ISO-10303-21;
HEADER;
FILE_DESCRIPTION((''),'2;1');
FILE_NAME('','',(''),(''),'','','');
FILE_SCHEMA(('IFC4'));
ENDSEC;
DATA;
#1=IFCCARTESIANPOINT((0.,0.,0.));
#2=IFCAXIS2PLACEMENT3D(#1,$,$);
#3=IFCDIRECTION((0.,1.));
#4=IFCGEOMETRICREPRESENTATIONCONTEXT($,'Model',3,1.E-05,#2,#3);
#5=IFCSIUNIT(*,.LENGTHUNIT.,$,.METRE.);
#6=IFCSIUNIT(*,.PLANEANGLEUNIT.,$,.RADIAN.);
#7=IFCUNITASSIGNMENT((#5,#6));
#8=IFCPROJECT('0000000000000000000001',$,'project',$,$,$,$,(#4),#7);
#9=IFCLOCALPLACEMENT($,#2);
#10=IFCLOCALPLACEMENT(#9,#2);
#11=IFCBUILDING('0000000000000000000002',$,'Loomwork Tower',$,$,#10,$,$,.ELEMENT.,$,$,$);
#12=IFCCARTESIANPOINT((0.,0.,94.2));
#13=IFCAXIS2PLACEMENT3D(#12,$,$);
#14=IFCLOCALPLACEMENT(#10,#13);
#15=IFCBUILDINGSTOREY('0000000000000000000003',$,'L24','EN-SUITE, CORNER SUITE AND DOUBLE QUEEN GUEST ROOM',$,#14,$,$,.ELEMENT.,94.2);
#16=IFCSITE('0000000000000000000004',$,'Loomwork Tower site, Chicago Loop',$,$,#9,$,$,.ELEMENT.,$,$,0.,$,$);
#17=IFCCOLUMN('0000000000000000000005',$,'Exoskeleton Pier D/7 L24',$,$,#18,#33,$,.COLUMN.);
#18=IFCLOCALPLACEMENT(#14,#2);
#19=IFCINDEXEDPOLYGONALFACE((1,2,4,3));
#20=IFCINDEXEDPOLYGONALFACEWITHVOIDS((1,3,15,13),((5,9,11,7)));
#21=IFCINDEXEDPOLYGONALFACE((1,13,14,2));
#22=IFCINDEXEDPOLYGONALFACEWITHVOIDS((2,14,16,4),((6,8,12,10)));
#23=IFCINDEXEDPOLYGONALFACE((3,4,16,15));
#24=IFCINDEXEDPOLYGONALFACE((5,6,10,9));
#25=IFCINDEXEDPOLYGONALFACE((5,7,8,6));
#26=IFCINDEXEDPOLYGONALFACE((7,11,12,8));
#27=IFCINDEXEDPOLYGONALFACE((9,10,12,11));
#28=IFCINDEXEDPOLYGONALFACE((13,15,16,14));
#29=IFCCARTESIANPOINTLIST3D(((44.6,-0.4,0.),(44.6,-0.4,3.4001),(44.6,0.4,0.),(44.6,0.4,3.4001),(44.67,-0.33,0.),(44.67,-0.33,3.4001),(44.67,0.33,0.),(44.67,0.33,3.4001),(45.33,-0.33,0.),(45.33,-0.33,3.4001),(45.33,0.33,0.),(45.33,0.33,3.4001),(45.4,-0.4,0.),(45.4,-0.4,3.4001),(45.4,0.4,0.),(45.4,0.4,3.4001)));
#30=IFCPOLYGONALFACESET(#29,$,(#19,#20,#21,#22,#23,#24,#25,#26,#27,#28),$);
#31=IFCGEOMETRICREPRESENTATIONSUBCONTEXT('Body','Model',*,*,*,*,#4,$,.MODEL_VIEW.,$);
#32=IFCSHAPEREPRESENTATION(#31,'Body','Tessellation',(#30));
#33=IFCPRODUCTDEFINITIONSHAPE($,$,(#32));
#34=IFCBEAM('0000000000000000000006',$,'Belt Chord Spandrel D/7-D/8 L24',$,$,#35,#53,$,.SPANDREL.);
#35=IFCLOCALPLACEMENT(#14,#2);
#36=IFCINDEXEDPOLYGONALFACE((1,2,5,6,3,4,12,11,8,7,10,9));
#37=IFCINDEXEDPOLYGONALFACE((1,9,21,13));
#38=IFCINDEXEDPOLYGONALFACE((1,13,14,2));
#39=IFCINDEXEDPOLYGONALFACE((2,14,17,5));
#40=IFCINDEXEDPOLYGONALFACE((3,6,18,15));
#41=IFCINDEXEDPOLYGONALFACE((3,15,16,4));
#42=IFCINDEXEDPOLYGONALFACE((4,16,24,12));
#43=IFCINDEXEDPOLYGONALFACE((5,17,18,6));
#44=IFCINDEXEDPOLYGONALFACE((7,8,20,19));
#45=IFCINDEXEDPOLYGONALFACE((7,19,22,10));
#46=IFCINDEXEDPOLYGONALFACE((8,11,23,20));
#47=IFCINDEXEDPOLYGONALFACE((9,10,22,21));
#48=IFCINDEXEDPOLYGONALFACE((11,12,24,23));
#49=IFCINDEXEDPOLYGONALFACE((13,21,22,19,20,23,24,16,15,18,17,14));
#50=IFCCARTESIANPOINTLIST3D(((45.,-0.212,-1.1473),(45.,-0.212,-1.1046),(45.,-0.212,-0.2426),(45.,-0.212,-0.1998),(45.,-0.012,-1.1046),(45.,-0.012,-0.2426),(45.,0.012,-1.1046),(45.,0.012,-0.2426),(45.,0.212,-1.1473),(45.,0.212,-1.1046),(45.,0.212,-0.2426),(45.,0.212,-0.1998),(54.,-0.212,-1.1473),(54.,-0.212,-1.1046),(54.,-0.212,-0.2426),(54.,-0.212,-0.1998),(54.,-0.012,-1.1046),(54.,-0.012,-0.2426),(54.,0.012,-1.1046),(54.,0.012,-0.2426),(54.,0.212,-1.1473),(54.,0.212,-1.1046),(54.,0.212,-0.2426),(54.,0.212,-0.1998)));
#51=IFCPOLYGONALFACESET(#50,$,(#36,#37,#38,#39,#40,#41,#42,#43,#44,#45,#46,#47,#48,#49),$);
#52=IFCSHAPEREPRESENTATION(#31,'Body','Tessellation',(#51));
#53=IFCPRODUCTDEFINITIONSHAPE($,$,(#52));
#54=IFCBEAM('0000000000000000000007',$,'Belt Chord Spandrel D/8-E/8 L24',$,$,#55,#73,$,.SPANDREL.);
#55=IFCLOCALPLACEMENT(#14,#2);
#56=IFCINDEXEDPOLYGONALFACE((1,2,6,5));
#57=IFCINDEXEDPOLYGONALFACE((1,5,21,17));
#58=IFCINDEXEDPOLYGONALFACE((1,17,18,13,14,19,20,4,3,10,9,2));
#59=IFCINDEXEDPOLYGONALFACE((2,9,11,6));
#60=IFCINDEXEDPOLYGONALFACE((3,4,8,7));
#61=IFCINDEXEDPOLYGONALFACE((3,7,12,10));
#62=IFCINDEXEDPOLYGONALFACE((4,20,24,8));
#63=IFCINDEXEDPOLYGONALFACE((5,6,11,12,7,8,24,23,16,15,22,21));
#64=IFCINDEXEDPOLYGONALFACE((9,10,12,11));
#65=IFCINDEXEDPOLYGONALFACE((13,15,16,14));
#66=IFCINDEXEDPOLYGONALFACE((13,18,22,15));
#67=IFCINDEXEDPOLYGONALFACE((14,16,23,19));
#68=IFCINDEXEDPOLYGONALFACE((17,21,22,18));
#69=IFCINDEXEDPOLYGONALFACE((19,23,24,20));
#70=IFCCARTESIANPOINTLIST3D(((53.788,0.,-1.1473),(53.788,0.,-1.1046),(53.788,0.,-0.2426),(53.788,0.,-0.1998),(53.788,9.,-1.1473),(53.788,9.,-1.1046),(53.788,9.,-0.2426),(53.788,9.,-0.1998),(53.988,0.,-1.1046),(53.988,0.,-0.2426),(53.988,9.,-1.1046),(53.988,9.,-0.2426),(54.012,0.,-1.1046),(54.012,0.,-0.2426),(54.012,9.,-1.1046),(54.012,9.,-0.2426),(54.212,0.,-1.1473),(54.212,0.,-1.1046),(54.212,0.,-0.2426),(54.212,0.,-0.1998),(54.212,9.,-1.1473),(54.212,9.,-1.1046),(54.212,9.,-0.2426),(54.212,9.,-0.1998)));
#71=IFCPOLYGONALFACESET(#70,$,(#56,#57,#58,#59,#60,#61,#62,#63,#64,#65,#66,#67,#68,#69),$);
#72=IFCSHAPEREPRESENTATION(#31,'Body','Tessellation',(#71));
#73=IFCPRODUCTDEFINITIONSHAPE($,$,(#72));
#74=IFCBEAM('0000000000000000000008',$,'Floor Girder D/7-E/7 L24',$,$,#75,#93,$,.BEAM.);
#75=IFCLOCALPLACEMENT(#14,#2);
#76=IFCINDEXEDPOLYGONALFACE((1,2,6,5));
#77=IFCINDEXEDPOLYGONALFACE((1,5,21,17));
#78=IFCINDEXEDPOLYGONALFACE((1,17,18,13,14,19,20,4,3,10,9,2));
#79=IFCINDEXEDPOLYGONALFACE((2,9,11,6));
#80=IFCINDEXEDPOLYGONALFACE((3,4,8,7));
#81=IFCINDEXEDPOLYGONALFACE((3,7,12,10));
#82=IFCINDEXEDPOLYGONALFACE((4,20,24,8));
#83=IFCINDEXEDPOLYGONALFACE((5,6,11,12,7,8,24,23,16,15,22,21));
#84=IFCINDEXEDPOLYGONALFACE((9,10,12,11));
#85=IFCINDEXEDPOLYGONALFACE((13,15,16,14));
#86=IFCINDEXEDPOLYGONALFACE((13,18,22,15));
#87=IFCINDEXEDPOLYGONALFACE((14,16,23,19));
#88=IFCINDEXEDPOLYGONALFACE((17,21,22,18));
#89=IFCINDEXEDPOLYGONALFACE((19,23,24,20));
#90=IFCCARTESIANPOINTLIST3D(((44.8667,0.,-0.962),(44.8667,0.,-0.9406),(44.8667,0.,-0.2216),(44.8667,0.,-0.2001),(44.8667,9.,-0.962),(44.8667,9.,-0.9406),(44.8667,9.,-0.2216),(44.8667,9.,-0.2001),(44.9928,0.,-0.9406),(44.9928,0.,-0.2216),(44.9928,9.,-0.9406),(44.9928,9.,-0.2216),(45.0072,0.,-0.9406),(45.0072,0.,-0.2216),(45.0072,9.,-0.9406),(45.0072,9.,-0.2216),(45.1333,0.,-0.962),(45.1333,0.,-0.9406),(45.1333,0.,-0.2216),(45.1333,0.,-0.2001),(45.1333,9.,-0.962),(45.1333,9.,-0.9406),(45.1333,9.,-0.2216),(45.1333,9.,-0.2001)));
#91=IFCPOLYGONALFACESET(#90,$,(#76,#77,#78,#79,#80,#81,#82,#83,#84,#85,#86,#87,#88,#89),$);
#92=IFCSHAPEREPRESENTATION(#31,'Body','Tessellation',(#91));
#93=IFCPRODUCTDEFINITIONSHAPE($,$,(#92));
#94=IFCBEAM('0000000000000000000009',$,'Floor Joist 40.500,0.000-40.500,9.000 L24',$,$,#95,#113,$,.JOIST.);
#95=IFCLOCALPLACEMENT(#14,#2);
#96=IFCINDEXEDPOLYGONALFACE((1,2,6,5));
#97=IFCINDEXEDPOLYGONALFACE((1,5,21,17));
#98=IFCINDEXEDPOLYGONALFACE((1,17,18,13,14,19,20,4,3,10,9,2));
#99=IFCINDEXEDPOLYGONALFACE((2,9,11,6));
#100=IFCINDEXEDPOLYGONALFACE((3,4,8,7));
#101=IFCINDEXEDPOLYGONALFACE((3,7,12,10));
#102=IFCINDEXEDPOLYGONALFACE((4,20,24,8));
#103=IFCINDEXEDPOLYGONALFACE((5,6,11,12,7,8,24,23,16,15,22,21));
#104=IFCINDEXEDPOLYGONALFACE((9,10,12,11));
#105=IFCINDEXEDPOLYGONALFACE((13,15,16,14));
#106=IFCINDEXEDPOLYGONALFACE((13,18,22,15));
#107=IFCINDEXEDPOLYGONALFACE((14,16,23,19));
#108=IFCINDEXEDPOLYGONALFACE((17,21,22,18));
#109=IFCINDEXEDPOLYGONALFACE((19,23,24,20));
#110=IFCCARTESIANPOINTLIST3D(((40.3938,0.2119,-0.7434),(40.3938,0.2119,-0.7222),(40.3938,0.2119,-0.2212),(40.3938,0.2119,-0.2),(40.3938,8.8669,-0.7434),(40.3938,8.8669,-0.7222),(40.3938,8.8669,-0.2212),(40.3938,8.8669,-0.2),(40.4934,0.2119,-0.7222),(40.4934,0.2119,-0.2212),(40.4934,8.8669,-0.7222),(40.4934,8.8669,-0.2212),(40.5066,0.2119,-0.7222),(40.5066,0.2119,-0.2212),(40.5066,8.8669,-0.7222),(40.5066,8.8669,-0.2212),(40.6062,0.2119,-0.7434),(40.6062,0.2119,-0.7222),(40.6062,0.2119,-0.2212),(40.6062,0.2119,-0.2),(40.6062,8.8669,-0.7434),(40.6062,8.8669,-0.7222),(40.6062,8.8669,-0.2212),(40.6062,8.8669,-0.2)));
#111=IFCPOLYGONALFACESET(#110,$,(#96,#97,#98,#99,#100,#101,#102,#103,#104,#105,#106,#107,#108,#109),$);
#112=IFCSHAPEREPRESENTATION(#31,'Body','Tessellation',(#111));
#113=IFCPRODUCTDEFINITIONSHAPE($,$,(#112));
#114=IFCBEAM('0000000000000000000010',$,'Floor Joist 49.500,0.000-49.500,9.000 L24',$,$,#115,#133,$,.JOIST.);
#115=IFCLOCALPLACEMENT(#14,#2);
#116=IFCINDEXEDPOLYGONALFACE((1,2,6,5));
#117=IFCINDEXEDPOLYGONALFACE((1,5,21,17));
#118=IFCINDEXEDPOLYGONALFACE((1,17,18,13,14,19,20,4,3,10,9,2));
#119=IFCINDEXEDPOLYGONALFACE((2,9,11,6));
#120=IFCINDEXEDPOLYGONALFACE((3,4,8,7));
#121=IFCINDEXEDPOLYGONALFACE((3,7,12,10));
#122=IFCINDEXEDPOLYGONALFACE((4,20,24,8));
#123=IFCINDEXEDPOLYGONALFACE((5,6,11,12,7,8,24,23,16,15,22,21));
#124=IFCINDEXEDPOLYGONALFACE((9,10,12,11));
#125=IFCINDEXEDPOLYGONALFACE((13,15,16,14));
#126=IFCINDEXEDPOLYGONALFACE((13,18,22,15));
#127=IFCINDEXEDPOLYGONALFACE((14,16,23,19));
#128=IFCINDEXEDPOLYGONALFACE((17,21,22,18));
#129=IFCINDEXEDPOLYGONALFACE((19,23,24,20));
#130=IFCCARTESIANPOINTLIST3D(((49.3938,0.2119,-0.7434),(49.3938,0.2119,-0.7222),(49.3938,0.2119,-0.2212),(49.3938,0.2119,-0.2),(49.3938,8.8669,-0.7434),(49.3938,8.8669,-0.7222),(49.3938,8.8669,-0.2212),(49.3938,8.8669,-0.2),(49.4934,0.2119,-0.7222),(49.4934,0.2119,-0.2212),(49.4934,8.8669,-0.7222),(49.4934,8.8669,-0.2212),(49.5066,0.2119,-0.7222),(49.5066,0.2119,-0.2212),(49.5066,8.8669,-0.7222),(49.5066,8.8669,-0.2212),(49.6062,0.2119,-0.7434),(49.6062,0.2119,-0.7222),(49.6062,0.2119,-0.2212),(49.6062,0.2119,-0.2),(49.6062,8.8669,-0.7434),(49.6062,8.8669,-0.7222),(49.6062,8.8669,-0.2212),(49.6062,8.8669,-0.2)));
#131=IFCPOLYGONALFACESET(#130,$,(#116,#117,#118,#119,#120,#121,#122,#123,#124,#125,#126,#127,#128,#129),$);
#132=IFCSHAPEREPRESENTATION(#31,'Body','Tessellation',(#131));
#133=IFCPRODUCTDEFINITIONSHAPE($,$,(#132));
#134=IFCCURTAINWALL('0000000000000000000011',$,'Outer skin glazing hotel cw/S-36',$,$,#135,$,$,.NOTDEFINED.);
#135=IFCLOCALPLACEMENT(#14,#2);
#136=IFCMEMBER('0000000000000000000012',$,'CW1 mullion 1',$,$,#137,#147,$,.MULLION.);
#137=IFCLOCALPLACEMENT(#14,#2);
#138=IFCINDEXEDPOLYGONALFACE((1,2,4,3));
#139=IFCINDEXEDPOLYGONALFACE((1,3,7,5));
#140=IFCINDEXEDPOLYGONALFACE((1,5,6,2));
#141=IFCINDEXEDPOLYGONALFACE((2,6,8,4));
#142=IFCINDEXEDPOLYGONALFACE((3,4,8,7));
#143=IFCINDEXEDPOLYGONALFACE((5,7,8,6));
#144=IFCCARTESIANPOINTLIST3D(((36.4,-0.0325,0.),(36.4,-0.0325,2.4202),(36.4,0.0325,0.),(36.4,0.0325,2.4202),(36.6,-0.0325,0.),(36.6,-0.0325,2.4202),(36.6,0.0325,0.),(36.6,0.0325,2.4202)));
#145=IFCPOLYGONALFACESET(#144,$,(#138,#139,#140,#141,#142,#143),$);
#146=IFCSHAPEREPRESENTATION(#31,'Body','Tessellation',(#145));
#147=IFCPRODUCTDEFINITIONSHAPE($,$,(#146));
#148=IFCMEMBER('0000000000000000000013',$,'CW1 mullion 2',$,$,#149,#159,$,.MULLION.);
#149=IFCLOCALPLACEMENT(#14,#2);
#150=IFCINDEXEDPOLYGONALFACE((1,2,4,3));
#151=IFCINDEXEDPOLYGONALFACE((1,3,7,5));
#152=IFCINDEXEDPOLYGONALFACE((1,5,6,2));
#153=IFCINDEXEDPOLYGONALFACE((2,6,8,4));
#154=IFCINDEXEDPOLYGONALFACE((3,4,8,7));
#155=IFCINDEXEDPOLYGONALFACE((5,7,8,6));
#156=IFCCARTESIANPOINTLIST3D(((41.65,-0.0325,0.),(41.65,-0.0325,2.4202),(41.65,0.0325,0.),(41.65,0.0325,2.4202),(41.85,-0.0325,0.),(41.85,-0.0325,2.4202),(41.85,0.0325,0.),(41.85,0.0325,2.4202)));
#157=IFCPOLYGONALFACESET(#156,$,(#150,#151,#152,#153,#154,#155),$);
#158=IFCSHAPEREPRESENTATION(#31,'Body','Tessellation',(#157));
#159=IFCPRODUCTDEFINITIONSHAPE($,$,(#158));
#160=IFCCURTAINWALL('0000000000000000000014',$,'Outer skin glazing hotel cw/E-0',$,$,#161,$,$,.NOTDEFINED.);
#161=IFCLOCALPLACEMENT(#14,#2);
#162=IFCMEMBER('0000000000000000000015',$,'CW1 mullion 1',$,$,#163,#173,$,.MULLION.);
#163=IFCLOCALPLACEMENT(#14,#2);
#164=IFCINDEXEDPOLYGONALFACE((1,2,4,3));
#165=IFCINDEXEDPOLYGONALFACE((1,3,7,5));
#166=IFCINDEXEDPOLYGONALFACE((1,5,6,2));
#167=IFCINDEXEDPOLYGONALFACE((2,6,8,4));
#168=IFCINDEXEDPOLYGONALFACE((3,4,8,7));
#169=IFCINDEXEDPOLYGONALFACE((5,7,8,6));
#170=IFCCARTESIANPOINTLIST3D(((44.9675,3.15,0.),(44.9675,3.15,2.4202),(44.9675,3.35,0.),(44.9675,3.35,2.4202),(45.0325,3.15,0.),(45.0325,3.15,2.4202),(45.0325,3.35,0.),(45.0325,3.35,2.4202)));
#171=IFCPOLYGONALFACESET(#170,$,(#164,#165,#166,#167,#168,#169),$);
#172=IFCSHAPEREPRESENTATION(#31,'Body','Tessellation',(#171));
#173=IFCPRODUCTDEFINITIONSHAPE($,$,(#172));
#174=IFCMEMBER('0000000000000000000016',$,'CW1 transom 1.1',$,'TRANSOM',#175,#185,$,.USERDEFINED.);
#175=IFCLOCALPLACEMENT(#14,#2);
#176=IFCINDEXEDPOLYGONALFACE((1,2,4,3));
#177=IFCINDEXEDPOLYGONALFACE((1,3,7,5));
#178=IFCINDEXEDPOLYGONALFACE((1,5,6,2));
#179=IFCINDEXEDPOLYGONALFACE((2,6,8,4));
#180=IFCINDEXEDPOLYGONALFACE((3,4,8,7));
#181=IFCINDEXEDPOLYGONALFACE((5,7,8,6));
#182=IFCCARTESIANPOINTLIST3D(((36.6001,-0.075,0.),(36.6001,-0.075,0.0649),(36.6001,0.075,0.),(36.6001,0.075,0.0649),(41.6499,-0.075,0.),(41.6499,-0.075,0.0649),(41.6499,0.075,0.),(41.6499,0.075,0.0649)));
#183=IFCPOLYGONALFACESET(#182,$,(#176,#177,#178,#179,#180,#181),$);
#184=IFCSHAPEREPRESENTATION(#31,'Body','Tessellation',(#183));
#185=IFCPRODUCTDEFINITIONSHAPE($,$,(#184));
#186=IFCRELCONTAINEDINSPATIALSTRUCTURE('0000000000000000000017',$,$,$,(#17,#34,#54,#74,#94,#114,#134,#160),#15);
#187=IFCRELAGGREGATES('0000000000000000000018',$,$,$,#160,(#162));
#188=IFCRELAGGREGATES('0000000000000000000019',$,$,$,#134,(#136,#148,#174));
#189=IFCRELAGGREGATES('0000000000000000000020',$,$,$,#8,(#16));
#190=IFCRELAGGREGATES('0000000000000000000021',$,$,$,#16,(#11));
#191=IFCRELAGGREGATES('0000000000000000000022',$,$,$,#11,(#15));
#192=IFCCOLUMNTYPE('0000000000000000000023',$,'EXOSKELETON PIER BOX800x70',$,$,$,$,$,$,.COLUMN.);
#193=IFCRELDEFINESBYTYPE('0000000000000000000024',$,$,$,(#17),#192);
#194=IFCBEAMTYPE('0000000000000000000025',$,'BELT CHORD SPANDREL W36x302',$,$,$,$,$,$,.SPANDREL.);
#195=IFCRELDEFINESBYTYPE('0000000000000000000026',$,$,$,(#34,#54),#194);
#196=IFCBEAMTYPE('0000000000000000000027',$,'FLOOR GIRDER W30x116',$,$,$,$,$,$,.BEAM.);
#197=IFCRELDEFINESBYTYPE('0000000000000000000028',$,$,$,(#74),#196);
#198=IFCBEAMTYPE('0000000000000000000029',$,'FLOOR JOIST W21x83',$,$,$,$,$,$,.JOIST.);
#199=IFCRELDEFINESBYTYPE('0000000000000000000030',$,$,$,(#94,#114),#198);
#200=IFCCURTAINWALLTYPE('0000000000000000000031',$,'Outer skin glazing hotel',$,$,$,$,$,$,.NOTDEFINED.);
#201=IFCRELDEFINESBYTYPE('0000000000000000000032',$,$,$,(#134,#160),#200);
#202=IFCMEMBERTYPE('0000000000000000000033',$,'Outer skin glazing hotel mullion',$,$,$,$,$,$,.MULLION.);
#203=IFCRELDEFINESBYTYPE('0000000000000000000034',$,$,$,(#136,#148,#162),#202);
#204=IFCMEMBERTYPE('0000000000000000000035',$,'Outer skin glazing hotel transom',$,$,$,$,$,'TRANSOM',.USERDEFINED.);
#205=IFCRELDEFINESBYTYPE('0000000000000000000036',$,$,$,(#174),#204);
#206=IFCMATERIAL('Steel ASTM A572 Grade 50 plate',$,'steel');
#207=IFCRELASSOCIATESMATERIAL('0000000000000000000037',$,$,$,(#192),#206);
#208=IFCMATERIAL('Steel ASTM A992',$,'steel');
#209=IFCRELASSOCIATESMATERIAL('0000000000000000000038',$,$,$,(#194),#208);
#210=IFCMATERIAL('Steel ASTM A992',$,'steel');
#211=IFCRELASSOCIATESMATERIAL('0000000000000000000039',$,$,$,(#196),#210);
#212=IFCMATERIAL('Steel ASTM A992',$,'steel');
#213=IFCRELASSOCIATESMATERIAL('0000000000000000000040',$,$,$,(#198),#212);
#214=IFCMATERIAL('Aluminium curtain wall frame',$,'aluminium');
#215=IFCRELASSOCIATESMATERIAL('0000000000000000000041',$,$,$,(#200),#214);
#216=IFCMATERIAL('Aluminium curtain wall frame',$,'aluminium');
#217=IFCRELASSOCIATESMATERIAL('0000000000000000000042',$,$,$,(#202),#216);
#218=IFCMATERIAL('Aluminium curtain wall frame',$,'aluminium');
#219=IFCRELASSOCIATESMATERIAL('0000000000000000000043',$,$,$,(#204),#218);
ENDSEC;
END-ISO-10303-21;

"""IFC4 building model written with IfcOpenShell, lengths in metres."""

from ifc_helpers import new_model, si_unit, direction, frame, origin, origin_2d, place, context, subcontext, project, spatial, rectangle, hollow_rectangle, i_section, extrude, material, material_profile, profile_set, type_object, element, aggregate, save


model = new_model("IFC4")

# Units and contexts
model_context = context("Model", 3, precision=1e-05, world=origin(), true_north=direction((0.0, 1.0)))
body_context = subcontext(model_context, "Body", "Model", "MODEL_VIEW")
ifc_project = project(units=[si_unit("LENGTHUNIT", "METRE"), si_unit("PLANEANGLEUNIT", "RADIAN")], contexts=[model_context])

# Site, building, storey
site_placement = place(None, origin())
site = spatial("IfcSite", under=ifc_project, at=site_placement, Name="Loomwork Tower site, Chicago Loop", CompositionType="ELEMENT", RefElevation=0.0)
building_placement = place(site_placement, origin())
building = spatial("IfcBuilding", under=site, at=building_placement, Name="Loomwork Tower", CompositionType="ELEMENT")
storey_placement = place(building_placement, frame((0.0, 0.0, 94.2)))
storey = spatial("IfcBuildingStorey", under=building, at=storey_placement, Name="L24", Description="EN-SUITE, CORNER SUITE AND DOUBLE QUEEN GUEST ROOM", CompositionType="ELEMENT", Elevation=94.2)

# Column
ifc_material_1 = material(Name="Steel ASTM A572 Grade 50 plate", Category="steel")
ifc_material_profile_1 = material_profile(ifc_material_1, hollow_rectangle(XDim=0.8, YDim=0.8, WallThickness=0.0701, at=origin_2d()), Name="BOX800x70")
ifc_profile_set_1 = profile_set([ifc_material_profile_1], Name="Steel ASTM A572 Grade 50 plate")
column_type = type_object("IfcColumnType", Name="EXOSKELETON PIER BOX800x70", PredefinedType="COLUMN", material=ifc_profile_set_1)
column_placement = place(storey_placement, frame((45.0, 0.0, 0.0), z_axis=(0.0, 0.0, 1.0), x_axis=(1.0, 0.0, 0.0)))
element("IfcColumn", 1, at=column_placement, inside=storey, type_object=column_type, Name="Exoskeleton Pier D/7 L24", PredefinedType="COLUMN", context=body_context, shape_type="SweptSolid", body=[
    extrude(hollow_rectangle(XDim=0.8, YDim=0.8, WallThickness=0.0701, at=origin_2d()), origin(), (0.0, 0.0, 1.0), 3.4001),
])

# Beams
ifc_material_2 = material(Name="Steel ASTM A992", Category="steel")
ifc_material_profile_2 = material_profile(ifc_material_2, i_section(OverallWidth=0.4241, OverallDepth=0.9475, WebThickness=0.0239, FlangeThickness=0.0427, at=origin_2d()), Name="W36x302")
ifc_profile_set_2 = profile_set([ifc_material_profile_2], Name="Steel ASTM A992")
beam_type_1 = type_object("IfcBeamType", Name="BELT CHORD SPANDREL W36x302", PredefinedType="SPANDREL", material=ifc_profile_set_2)
for number, where, z_axis, x_axis, name in (
    (2, (45.0, 0.0, -0.6736), (1.0, 0.0, 0.0), (0.0, 1.0, 0.0), "Belt Chord Spandrel D/7-D/8 L24"),
    (3, (54.0, 0.0, -0.6736), (0.0, 1.0, 0.0), (-1.0, 0.0, 0.0), "Belt Chord Spandrel D/8-E/8 L24"),
):
    element("IfcBeam", number, at=place(storey_placement, frame(where, z_axis=z_axis, x_axis=x_axis)), inside=storey, type_object=beam_type_1, Name=name, PredefinedType="SPANDREL", context=body_context, shape_type="SweptSolid", body=[
        extrude(i_section(OverallWidth=0.4241, OverallDepth=0.9475, WebThickness=0.0239, FlangeThickness=0.0427, at=origin_2d()), origin(), (0.0, 0.0, 1.0), 9.0),
    ])
ifc_material_3 = material(Name="Steel ASTM A992", Category="steel")
ifc_material_profile_3 = material_profile(ifc_material_3, i_section(OverallWidth=0.2666, OverallDepth=0.762, WebThickness=0.0144, FlangeThickness=0.0215, at=origin_2d()), Name="W30x116")
ifc_profile_set_3 = profile_set([ifc_material_profile_3], Name="Steel ASTM A992")
beam_type_2 = type_object("IfcBeamType", Name="FLOOR GIRDER W30x116", PredefinedType="BEAM", material=ifc_profile_set_3)
beam_placement = place(storey_placement, frame((45.0, 0.0, -0.5811), z_axis=(0.0, 1.0, 0.0), x_axis=(-1.0, 0.0, 0.0)))
element("IfcBeam", 4, at=beam_placement, inside=storey, type_object=beam_type_2, Name="Floor Girder D/7-E/7 L24", PredefinedType="BEAM", context=body_context, shape_type="SweptSolid", body=[
    extrude(i_section(OverallWidth=0.2666, OverallDepth=0.762, WebThickness=0.0144, FlangeThickness=0.0215, at=origin_2d()), origin(), (0.0, 0.0, 1.0), 9.0),
])
ifc_material_4 = material(Name="Steel ASTM A992", Category="steel")
ifc_material_profile_4 = material_profile(ifc_material_4, i_section(OverallWidth=0.2124, OverallDepth=0.5435, WebThickness=0.0132, FlangeThickness=0.0212, at=origin_2d()), Name="W21x83")
ifc_profile_set_4 = profile_set([ifc_material_profile_4], Name="Steel ASTM A992")
beam_type_3 = type_object("IfcBeamType", Name="FLOOR JOIST W21x83", PredefinedType="JOIST", material=ifc_profile_set_4)
for number, where, z_axis, x_axis, name in (
    (5, (40.5, 0.2119, -0.4717), (0.0, 1.0, 0.0), (-1.0, 0.0, 0.0), "Floor Joist 40.500,0.000-40.500,9.000 L24"),
    (6, (49.5, 0.2119, -0.4717), (0.0, 1.0, 0.0), (-1.0, 0.0, 0.0), "Floor Joist 49.500,0.000-49.500,9.000 L24"),
):
    element("IfcBeam", number, at=place(storey_placement, frame(where, z_axis=z_axis, x_axis=x_axis)), inside=storey, type_object=beam_type_3, Name=name, PredefinedType="JOIST", context=body_context, shape_type="SweptSolid", body=[
        extrude(i_section(OverallWidth=0.2124, OverallDepth=0.5435, WebThickness=0.0132, FlangeThickness=0.0212, at=origin_2d()), origin(), (0.0, 0.0, 1.0), 8.655),
    ])

# Curtain wall, members
ifc_material_5 = material(Name="Aluminium curtain wall frame", Category="aluminium")
curtain_wall_type = type_object("IfcCurtainWallType", Name="Outer skin glazing hotel", PredefinedType="NOTDEFINED", material=ifc_material_5)
curtain_wall_1_placement = place(storey_placement, origin())
curtain_wall_1 = element("IfcCurtainWall", 7, at=curtain_wall_1_placement, inside=storey, type_object=curtain_wall_type, Name="Outer skin glazing hotel cw/S-36", PredefinedType="NOTDEFINED")
ifc_material_6 = material(Name="Aluminium curtain wall frame", Category="aluminium")
ifc_material_profile_5 = material_profile(ifc_material_6, rectangle(XDim=0.0649, YDim=0.2, at=origin_2d()), Name="AL 65x200")
ifc_profile_set_5 = profile_set([ifc_material_profile_5], Name="Aluminium curtain wall frame")
member_type_1 = type_object("IfcMemberType", Name="Outer skin glazing hotel mullion", PredefinedType="MULLION", material=ifc_profile_set_5)
member_1_placement = place(storey_placement, frame((36.5, 0.0, 0.0), z_axis=(0.0, 0.0, 1.0), x_axis=(0.0, 1.0, 0.0)))
member_1 = element("IfcMember", 8, at=member_1_placement, type_object=member_type_1, Name="CW1 mullion 1", PredefinedType="MULLION", context=body_context, shape_type="SweptSolid", body=[
    extrude(rectangle(XDim=0.0649, YDim=0.2, at=origin_2d()), origin(), (0.0, 0.0, 1.0), 2.4202),
])
member_2_placement = place(storey_placement, frame((41.75, 0.0, 0.0), z_axis=(0.0, 0.0, 1.0), x_axis=(0.0, 1.0, 0.0)))
member_2 = element("IfcMember", 9, at=member_2_placement, type_object=member_type_1, Name="CW1 mullion 2", PredefinedType="MULLION", context=body_context, shape_type="SweptSolid", body=[
    extrude(rectangle(XDim=0.0649, YDim=0.2, at=origin_2d()), origin(), (0.0, 0.0, 1.0), 2.4202),
])

# Curtain wall, member
curtain_wall_2_placement = place(storey_placement, origin())
curtain_wall_2 = element("IfcCurtainWall", 10, at=curtain_wall_2_placement, inside=storey, type_object=curtain_wall_type, Name="Outer skin glazing hotel cw/E-0", PredefinedType="NOTDEFINED")
member_3_placement = place(storey_placement, frame((45.0, 3.25, 0.0), z_axis=(0.0, 0.0, 1.0), x_axis=(-1.0, 0.0, 0.0)))
member_3 = element("IfcMember", 11, at=member_3_placement, type_object=member_type_1, Name="CW1 mullion 1", PredefinedType="MULLION", context=body_context, shape_type="SweptSolid", body=[
    extrude(rectangle(XDim=0.0649, YDim=0.2, at=origin_2d()), origin(), (0.0, 0.0, 1.0), 2.4202),
])

# Member
ifc_material_7 = material(Name="Aluminium curtain wall frame", Category="aluminium")
ifc_material_profile_6 = material_profile(ifc_material_7, rectangle(XDim=0.1499, YDim=0.0649, at=origin_2d()), Name="AL 65x150")
ifc_profile_set_6 = profile_set([ifc_material_profile_6], Name="Aluminium curtain wall frame")
member_type_2 = type_object("IfcMemberType", Name="Outer skin glazing hotel transom", ElementType="TRANSOM", PredefinedType="USERDEFINED", material=ifc_profile_set_6)
member_4_placement = place(storey_placement, frame((36.6001, 0.0, 0.0325), z_axis=(1.0, 0.0, 0.0), x_axis=(0.0, 1.0, 0.0)))
member_4 = element("IfcMember", 12, at=member_4_placement, type_object=member_type_2, Name="CW1 transom 1.1", ObjectType="TRANSOM", PredefinedType="USERDEFINED", context=body_context, shape_type="SweptSolid", body=[
    extrude(rectangle(XDim=0.1499, YDim=0.0649, at=origin_2d()), origin(), (0.0, 0.0, 1.0), 5.0498),
])
aggregate(curtain_wall_2, [member_3])

aggregate(curtain_wall_1, [member_1, member_2, member_4])

save(model, "model.ifc")
